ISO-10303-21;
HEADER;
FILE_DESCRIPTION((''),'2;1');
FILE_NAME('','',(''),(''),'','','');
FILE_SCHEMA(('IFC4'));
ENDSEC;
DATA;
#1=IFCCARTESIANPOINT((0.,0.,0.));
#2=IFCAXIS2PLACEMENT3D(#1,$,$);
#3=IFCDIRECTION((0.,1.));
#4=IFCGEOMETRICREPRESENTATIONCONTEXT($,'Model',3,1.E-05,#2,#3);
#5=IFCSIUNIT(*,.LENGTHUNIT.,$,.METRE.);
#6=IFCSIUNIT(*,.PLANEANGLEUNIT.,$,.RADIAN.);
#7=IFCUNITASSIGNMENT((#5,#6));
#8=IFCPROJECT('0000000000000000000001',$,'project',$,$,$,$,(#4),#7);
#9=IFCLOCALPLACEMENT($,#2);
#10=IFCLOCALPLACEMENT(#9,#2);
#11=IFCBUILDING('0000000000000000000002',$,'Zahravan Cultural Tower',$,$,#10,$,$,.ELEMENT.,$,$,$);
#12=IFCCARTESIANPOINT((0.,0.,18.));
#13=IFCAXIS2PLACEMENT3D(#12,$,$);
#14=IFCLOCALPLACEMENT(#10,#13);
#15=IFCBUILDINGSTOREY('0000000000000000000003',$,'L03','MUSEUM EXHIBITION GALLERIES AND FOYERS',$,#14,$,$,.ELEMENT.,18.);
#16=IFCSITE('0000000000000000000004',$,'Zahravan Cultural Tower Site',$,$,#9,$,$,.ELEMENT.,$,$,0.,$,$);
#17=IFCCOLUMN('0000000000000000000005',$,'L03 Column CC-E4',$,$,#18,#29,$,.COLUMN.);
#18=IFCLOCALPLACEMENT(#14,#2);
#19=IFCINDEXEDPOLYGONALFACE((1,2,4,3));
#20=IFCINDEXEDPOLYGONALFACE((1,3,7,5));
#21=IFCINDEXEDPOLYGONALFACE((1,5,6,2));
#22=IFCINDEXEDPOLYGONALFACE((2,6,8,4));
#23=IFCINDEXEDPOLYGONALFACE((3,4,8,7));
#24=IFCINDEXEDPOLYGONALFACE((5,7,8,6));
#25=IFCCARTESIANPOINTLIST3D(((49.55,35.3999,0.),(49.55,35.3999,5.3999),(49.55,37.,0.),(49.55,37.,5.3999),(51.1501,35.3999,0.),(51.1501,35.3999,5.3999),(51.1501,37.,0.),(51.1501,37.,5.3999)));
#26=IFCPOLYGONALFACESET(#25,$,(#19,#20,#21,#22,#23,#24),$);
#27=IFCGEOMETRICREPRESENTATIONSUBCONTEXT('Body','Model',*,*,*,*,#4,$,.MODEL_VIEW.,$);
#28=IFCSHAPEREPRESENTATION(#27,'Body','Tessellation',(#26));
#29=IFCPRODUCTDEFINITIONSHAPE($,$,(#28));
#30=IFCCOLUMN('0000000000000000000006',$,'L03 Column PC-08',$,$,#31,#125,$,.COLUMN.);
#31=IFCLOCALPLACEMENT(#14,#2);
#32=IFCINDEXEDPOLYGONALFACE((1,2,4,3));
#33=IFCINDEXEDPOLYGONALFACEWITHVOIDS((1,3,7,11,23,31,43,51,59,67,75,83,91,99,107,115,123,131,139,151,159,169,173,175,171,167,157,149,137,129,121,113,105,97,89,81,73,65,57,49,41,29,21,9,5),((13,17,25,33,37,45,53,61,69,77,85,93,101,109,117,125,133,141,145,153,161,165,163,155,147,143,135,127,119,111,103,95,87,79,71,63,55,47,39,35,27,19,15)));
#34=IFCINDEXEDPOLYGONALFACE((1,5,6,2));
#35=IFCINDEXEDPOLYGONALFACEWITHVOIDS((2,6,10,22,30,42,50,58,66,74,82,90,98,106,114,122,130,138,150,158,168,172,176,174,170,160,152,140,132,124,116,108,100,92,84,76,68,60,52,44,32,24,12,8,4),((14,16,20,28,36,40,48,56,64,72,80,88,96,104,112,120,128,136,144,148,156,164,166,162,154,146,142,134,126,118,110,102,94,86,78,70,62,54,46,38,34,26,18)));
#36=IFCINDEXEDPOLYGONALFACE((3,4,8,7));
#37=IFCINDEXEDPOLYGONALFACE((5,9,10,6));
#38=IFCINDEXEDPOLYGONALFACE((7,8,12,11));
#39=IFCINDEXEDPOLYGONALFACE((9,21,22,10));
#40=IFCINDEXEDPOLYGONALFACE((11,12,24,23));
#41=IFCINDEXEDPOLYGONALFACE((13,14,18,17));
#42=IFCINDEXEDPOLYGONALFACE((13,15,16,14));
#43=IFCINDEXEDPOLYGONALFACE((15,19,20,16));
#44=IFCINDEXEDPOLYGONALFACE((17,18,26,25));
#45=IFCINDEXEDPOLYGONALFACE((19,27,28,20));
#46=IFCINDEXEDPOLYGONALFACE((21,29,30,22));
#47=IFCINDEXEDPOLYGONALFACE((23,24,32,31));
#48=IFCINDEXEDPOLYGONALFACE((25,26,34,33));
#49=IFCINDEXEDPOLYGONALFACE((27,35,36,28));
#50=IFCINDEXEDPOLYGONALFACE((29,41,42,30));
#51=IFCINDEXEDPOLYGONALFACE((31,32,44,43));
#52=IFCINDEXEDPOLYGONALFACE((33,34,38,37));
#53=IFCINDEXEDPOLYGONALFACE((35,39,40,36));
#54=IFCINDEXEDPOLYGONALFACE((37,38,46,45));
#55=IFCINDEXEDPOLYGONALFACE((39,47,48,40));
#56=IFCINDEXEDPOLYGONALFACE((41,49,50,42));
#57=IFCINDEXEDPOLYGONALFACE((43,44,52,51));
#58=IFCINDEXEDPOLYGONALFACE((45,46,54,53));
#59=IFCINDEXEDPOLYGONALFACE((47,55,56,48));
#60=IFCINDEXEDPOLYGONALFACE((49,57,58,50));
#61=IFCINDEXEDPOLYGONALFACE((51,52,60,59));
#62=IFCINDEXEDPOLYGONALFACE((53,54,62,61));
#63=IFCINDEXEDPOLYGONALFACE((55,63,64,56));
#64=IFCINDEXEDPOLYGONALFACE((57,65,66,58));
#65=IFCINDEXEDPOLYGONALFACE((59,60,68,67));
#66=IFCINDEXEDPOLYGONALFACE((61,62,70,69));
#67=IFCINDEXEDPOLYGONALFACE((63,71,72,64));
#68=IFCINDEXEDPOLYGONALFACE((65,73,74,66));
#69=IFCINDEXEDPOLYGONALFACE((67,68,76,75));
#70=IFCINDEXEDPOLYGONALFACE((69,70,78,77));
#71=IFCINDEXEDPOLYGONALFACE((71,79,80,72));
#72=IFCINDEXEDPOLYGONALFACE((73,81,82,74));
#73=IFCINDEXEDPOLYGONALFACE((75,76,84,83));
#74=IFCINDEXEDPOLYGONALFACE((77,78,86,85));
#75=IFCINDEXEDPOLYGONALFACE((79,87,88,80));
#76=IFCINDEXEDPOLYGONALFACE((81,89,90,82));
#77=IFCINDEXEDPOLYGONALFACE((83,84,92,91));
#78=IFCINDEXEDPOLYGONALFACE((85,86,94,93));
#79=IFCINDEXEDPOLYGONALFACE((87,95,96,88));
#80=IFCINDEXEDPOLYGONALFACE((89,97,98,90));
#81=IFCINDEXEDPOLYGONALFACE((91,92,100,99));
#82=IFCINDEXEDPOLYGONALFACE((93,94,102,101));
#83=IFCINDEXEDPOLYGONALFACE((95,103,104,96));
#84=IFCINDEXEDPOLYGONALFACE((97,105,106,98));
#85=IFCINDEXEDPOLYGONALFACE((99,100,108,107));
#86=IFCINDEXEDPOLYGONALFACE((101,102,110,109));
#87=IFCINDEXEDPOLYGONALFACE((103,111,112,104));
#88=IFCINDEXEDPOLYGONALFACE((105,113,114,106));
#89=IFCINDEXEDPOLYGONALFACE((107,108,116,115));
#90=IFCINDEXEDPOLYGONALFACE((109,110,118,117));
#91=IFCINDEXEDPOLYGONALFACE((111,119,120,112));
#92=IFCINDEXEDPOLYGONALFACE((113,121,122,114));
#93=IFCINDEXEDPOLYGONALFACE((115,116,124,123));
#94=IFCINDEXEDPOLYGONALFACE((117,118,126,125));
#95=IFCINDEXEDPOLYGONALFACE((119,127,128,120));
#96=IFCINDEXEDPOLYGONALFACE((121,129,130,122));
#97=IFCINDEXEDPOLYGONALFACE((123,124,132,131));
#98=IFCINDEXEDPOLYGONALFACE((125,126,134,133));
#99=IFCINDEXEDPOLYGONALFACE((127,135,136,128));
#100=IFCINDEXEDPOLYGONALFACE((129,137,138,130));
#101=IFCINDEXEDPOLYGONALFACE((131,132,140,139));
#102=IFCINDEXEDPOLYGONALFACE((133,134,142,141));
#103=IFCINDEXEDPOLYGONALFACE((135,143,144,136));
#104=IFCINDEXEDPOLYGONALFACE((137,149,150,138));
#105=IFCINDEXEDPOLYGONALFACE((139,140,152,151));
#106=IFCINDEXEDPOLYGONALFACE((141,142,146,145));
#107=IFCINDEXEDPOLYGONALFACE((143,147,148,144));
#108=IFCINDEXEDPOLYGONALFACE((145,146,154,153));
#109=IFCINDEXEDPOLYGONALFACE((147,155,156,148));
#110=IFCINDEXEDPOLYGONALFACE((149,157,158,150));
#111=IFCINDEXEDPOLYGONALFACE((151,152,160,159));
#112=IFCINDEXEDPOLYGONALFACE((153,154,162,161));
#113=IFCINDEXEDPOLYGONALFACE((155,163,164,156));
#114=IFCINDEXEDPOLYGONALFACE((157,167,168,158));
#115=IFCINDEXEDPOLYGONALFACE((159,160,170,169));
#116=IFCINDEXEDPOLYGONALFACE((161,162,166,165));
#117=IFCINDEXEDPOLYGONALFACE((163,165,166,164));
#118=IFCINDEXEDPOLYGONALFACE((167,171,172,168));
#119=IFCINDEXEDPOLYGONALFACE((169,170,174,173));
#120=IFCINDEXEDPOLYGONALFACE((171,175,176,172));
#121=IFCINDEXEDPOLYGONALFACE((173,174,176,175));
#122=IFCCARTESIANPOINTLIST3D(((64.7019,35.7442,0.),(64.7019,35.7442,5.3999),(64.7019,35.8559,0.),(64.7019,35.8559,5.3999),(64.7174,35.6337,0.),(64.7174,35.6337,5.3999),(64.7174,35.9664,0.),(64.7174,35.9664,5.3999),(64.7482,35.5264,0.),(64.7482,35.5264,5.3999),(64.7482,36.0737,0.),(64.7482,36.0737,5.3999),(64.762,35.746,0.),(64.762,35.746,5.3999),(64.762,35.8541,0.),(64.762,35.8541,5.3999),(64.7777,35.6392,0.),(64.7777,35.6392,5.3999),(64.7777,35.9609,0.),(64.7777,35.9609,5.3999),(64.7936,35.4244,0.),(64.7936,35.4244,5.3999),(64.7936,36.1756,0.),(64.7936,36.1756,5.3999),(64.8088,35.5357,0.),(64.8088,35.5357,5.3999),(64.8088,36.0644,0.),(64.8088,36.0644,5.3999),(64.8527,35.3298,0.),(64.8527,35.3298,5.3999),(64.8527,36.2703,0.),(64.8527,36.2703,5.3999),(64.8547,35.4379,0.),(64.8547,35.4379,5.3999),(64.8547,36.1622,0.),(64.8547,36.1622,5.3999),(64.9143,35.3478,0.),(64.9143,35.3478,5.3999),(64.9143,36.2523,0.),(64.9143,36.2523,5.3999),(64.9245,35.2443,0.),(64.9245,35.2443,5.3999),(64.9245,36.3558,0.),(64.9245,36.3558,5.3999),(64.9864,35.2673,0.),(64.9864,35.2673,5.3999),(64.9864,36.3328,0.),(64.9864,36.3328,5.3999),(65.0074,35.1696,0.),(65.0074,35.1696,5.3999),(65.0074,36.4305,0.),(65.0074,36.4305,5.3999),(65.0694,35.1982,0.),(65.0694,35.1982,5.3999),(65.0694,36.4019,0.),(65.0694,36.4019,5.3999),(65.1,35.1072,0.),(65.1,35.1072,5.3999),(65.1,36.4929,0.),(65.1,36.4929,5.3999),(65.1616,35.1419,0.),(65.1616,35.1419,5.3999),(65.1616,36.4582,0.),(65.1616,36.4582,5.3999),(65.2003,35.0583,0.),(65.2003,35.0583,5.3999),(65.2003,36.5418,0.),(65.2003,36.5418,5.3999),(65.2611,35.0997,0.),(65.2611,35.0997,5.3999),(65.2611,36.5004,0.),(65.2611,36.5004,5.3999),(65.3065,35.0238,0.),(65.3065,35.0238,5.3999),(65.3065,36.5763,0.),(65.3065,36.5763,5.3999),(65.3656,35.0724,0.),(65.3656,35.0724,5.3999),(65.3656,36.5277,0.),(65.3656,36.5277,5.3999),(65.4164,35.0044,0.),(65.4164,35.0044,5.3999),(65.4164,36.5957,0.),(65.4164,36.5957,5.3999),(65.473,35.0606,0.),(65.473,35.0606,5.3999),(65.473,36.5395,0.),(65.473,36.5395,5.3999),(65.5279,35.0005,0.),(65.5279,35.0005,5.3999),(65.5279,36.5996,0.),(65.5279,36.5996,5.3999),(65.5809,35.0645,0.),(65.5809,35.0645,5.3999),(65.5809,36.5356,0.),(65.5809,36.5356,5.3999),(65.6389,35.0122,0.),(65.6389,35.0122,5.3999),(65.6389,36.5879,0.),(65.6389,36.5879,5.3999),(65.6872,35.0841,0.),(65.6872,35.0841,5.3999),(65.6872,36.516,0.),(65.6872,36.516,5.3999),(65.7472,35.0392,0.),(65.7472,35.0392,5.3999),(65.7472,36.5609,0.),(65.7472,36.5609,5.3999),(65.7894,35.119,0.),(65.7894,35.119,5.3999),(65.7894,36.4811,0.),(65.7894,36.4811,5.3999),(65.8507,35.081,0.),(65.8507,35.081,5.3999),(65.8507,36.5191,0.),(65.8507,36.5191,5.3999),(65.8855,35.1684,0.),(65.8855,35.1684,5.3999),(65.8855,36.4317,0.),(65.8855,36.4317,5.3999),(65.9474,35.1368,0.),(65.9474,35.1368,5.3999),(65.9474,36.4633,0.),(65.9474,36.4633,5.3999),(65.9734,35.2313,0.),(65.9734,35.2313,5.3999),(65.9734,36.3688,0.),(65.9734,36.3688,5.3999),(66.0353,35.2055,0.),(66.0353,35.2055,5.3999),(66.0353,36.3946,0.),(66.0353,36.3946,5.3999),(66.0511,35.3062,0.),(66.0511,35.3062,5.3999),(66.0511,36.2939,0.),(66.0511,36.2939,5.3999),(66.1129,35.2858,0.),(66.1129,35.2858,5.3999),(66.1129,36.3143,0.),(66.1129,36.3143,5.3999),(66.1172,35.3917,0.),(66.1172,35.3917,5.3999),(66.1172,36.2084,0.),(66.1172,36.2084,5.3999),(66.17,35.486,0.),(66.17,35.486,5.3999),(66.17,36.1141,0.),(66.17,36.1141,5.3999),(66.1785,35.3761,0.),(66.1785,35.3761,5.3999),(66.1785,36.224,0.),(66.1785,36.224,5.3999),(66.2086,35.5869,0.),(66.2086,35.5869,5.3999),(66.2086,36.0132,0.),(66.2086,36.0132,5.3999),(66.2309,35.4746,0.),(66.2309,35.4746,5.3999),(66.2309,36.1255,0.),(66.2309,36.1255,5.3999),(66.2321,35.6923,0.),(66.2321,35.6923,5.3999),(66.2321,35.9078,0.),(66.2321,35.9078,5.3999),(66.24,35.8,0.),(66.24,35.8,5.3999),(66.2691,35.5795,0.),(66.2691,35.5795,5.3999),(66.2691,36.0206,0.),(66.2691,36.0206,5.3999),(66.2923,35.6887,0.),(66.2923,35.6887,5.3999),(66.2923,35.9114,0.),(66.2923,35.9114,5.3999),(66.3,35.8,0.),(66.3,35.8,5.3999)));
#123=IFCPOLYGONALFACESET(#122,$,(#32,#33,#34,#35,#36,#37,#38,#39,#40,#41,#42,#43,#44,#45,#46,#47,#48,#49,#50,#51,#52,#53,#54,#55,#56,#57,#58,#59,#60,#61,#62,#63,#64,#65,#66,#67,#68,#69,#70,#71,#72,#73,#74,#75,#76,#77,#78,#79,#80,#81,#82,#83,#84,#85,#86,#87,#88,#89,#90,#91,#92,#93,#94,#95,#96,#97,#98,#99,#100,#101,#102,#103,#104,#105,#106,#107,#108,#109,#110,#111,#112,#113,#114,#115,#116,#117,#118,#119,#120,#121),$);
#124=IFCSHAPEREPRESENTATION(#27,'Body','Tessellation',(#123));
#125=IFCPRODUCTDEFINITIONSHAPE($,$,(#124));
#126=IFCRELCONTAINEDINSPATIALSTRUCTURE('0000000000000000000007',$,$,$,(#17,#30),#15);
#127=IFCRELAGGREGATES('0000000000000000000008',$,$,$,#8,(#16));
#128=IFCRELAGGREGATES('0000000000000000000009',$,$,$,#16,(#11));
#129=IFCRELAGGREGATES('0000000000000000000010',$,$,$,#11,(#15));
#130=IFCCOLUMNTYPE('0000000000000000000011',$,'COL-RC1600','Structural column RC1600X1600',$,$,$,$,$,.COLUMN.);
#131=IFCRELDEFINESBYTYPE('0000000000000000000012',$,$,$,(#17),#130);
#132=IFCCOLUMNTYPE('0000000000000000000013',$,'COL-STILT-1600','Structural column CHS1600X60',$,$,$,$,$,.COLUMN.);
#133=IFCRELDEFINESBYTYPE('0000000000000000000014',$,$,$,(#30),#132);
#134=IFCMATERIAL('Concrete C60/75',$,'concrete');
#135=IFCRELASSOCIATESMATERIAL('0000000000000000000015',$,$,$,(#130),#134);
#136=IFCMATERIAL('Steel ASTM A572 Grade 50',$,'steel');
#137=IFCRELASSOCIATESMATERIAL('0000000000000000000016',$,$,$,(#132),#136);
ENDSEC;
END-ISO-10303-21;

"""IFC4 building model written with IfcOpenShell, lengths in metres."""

from ifc_helpers import new_model, si_unit, direction, frame, origin, origin_2d, place, context, subcontext, project, spatial, rectangle, hollow_circle, extrude, source, transform, mapped, material, material_profile, profile_set, type_object, element, save


model = new_model("IFC4")

# Units and contexts
model_context = context("Model", 3, precision=1e-05, world=origin(), true_north=direction((0.0, 1.0)))
body_context = subcontext(model_context, "Body", "Model", "MODEL_VIEW")
ifc_project = project(units=[si_unit("LENGTHUNIT", "METRE"), si_unit("PLANEANGLEUNIT", "RADIAN")], contexts=[model_context])

# Site, building, storey
site_placement = place(None, origin())
site = spatial("IfcSite", under=ifc_project, at=site_placement, Name="Zahravan Cultural Tower Site", CompositionType="ELEMENT", RefElevation=0.0)
building_placement = place(site_placement, origin())
building = spatial("IfcBuilding", under=site, at=building_placement, Name="Zahravan Cultural Tower", CompositionType="ELEMENT")
storey_placement = place(building_placement, frame((0.0, 0.0, 18.0)))
storey = spatial("IfcBuildingStorey", under=building, at=storey_placement, Name="L03", Description="MUSEUM EXHIBITION GALLERIES AND FOYERS", CompositionType="ELEMENT", Elevation=18.0)

# Columns
ifc_material_1 = material(Name="Concrete C60/75", Category="concrete")
ifc_material_profile_1 = material_profile(ifc_material_1, rectangle(XDim=1.6001, YDim=1.6001, at=origin_2d()), Name="RC1600X1600")
ifc_profile_set_1 = profile_set([ifc_material_profile_1], Name="Concrete C60/75")
column_type_1 = type_object("IfcColumnType", Name="COL-RC1600", Description="Structural column RC1600X1600", PredefinedType="COLUMN", material=ifc_profile_set_1)
shared_shape_1 = source(origin(), body_context, "Body", "SweptSolid", [
    extrude(rectangle(XDim=1.6001, YDim=1.6001, at=origin_2d()), origin(), (0.0, 0.0, 1.0), 5.3999),
])
column_placement = place(storey_placement, frame((50.3501, 36.2, 0.0), z_axis=(0.0, 0.0, 1.0), x_axis=(1.0, 0.0, 0.0)))
element("IfcColumn", 1, at=column_placement, inside=storey, type_object=column_type_1, Name="L03 Column CC-E4", PredefinedType="COLUMN", context=body_context, shape_type="MappedRepresentation", body=[
    mapped(shared_shape_1, transform((0.0, 0.0, 0.0), x_axis=(1.0, 0.0, 0.0), y_axis=(0.0, 1.0, 0.0), z_axis=(0.0, 0.0, 1.0), scale=1.0)),
])
ifc_material_2 = material(Name="Steel ASTM A572 Grade 50", Category="steel")
ifc_material_profile_2 = material_profile(ifc_material_2, hollow_circle(Radius=0.8, WallThickness=0.0601, at=origin_2d()), Name="CHS1600X60")
ifc_profile_set_2 = profile_set([ifc_material_profile_2], Name="Steel ASTM A572 Grade 50")
column_type_2 = type_object("IfcColumnType", Name="COL-STILT-1600", Description="Structural column CHS1600X60", PredefinedType="COLUMN", material=ifc_profile_set_2)
shared_shape_2 = source(origin(), body_context, "Body", "SweptSolid", [
    extrude(hollow_circle(Radius=0.8, WallThickness=0.0601, at=origin_2d()), origin(), (0.0, 0.0, 1.0), 5.3999),
])
for number, where, z_axis, x_axis, name in (
    (2, (65.5, 35.8, 0.0), (0.0, 0.0, 1.0), (1.0, 0.0, 0.0), "L03 Column PC-08"),
):
    element("IfcColumn", number, at=place(storey_placement, frame(where, z_axis=z_axis, x_axis=x_axis)), inside=storey, type_object=column_type_2, Name=name, PredefinedType="COLUMN", context=body_context, shape_type="MappedRepresentation", body=[
        mapped(shared_shape_2, transform((0.0, 0.0, 0.0), x_axis=(1.0, 0.0, 0.0), y_axis=(0.0, 1.0, 0.0), z_axis=(0.0, 0.0, 1.0), scale=1.0)),
    ])

save(model, "model.ifc")
